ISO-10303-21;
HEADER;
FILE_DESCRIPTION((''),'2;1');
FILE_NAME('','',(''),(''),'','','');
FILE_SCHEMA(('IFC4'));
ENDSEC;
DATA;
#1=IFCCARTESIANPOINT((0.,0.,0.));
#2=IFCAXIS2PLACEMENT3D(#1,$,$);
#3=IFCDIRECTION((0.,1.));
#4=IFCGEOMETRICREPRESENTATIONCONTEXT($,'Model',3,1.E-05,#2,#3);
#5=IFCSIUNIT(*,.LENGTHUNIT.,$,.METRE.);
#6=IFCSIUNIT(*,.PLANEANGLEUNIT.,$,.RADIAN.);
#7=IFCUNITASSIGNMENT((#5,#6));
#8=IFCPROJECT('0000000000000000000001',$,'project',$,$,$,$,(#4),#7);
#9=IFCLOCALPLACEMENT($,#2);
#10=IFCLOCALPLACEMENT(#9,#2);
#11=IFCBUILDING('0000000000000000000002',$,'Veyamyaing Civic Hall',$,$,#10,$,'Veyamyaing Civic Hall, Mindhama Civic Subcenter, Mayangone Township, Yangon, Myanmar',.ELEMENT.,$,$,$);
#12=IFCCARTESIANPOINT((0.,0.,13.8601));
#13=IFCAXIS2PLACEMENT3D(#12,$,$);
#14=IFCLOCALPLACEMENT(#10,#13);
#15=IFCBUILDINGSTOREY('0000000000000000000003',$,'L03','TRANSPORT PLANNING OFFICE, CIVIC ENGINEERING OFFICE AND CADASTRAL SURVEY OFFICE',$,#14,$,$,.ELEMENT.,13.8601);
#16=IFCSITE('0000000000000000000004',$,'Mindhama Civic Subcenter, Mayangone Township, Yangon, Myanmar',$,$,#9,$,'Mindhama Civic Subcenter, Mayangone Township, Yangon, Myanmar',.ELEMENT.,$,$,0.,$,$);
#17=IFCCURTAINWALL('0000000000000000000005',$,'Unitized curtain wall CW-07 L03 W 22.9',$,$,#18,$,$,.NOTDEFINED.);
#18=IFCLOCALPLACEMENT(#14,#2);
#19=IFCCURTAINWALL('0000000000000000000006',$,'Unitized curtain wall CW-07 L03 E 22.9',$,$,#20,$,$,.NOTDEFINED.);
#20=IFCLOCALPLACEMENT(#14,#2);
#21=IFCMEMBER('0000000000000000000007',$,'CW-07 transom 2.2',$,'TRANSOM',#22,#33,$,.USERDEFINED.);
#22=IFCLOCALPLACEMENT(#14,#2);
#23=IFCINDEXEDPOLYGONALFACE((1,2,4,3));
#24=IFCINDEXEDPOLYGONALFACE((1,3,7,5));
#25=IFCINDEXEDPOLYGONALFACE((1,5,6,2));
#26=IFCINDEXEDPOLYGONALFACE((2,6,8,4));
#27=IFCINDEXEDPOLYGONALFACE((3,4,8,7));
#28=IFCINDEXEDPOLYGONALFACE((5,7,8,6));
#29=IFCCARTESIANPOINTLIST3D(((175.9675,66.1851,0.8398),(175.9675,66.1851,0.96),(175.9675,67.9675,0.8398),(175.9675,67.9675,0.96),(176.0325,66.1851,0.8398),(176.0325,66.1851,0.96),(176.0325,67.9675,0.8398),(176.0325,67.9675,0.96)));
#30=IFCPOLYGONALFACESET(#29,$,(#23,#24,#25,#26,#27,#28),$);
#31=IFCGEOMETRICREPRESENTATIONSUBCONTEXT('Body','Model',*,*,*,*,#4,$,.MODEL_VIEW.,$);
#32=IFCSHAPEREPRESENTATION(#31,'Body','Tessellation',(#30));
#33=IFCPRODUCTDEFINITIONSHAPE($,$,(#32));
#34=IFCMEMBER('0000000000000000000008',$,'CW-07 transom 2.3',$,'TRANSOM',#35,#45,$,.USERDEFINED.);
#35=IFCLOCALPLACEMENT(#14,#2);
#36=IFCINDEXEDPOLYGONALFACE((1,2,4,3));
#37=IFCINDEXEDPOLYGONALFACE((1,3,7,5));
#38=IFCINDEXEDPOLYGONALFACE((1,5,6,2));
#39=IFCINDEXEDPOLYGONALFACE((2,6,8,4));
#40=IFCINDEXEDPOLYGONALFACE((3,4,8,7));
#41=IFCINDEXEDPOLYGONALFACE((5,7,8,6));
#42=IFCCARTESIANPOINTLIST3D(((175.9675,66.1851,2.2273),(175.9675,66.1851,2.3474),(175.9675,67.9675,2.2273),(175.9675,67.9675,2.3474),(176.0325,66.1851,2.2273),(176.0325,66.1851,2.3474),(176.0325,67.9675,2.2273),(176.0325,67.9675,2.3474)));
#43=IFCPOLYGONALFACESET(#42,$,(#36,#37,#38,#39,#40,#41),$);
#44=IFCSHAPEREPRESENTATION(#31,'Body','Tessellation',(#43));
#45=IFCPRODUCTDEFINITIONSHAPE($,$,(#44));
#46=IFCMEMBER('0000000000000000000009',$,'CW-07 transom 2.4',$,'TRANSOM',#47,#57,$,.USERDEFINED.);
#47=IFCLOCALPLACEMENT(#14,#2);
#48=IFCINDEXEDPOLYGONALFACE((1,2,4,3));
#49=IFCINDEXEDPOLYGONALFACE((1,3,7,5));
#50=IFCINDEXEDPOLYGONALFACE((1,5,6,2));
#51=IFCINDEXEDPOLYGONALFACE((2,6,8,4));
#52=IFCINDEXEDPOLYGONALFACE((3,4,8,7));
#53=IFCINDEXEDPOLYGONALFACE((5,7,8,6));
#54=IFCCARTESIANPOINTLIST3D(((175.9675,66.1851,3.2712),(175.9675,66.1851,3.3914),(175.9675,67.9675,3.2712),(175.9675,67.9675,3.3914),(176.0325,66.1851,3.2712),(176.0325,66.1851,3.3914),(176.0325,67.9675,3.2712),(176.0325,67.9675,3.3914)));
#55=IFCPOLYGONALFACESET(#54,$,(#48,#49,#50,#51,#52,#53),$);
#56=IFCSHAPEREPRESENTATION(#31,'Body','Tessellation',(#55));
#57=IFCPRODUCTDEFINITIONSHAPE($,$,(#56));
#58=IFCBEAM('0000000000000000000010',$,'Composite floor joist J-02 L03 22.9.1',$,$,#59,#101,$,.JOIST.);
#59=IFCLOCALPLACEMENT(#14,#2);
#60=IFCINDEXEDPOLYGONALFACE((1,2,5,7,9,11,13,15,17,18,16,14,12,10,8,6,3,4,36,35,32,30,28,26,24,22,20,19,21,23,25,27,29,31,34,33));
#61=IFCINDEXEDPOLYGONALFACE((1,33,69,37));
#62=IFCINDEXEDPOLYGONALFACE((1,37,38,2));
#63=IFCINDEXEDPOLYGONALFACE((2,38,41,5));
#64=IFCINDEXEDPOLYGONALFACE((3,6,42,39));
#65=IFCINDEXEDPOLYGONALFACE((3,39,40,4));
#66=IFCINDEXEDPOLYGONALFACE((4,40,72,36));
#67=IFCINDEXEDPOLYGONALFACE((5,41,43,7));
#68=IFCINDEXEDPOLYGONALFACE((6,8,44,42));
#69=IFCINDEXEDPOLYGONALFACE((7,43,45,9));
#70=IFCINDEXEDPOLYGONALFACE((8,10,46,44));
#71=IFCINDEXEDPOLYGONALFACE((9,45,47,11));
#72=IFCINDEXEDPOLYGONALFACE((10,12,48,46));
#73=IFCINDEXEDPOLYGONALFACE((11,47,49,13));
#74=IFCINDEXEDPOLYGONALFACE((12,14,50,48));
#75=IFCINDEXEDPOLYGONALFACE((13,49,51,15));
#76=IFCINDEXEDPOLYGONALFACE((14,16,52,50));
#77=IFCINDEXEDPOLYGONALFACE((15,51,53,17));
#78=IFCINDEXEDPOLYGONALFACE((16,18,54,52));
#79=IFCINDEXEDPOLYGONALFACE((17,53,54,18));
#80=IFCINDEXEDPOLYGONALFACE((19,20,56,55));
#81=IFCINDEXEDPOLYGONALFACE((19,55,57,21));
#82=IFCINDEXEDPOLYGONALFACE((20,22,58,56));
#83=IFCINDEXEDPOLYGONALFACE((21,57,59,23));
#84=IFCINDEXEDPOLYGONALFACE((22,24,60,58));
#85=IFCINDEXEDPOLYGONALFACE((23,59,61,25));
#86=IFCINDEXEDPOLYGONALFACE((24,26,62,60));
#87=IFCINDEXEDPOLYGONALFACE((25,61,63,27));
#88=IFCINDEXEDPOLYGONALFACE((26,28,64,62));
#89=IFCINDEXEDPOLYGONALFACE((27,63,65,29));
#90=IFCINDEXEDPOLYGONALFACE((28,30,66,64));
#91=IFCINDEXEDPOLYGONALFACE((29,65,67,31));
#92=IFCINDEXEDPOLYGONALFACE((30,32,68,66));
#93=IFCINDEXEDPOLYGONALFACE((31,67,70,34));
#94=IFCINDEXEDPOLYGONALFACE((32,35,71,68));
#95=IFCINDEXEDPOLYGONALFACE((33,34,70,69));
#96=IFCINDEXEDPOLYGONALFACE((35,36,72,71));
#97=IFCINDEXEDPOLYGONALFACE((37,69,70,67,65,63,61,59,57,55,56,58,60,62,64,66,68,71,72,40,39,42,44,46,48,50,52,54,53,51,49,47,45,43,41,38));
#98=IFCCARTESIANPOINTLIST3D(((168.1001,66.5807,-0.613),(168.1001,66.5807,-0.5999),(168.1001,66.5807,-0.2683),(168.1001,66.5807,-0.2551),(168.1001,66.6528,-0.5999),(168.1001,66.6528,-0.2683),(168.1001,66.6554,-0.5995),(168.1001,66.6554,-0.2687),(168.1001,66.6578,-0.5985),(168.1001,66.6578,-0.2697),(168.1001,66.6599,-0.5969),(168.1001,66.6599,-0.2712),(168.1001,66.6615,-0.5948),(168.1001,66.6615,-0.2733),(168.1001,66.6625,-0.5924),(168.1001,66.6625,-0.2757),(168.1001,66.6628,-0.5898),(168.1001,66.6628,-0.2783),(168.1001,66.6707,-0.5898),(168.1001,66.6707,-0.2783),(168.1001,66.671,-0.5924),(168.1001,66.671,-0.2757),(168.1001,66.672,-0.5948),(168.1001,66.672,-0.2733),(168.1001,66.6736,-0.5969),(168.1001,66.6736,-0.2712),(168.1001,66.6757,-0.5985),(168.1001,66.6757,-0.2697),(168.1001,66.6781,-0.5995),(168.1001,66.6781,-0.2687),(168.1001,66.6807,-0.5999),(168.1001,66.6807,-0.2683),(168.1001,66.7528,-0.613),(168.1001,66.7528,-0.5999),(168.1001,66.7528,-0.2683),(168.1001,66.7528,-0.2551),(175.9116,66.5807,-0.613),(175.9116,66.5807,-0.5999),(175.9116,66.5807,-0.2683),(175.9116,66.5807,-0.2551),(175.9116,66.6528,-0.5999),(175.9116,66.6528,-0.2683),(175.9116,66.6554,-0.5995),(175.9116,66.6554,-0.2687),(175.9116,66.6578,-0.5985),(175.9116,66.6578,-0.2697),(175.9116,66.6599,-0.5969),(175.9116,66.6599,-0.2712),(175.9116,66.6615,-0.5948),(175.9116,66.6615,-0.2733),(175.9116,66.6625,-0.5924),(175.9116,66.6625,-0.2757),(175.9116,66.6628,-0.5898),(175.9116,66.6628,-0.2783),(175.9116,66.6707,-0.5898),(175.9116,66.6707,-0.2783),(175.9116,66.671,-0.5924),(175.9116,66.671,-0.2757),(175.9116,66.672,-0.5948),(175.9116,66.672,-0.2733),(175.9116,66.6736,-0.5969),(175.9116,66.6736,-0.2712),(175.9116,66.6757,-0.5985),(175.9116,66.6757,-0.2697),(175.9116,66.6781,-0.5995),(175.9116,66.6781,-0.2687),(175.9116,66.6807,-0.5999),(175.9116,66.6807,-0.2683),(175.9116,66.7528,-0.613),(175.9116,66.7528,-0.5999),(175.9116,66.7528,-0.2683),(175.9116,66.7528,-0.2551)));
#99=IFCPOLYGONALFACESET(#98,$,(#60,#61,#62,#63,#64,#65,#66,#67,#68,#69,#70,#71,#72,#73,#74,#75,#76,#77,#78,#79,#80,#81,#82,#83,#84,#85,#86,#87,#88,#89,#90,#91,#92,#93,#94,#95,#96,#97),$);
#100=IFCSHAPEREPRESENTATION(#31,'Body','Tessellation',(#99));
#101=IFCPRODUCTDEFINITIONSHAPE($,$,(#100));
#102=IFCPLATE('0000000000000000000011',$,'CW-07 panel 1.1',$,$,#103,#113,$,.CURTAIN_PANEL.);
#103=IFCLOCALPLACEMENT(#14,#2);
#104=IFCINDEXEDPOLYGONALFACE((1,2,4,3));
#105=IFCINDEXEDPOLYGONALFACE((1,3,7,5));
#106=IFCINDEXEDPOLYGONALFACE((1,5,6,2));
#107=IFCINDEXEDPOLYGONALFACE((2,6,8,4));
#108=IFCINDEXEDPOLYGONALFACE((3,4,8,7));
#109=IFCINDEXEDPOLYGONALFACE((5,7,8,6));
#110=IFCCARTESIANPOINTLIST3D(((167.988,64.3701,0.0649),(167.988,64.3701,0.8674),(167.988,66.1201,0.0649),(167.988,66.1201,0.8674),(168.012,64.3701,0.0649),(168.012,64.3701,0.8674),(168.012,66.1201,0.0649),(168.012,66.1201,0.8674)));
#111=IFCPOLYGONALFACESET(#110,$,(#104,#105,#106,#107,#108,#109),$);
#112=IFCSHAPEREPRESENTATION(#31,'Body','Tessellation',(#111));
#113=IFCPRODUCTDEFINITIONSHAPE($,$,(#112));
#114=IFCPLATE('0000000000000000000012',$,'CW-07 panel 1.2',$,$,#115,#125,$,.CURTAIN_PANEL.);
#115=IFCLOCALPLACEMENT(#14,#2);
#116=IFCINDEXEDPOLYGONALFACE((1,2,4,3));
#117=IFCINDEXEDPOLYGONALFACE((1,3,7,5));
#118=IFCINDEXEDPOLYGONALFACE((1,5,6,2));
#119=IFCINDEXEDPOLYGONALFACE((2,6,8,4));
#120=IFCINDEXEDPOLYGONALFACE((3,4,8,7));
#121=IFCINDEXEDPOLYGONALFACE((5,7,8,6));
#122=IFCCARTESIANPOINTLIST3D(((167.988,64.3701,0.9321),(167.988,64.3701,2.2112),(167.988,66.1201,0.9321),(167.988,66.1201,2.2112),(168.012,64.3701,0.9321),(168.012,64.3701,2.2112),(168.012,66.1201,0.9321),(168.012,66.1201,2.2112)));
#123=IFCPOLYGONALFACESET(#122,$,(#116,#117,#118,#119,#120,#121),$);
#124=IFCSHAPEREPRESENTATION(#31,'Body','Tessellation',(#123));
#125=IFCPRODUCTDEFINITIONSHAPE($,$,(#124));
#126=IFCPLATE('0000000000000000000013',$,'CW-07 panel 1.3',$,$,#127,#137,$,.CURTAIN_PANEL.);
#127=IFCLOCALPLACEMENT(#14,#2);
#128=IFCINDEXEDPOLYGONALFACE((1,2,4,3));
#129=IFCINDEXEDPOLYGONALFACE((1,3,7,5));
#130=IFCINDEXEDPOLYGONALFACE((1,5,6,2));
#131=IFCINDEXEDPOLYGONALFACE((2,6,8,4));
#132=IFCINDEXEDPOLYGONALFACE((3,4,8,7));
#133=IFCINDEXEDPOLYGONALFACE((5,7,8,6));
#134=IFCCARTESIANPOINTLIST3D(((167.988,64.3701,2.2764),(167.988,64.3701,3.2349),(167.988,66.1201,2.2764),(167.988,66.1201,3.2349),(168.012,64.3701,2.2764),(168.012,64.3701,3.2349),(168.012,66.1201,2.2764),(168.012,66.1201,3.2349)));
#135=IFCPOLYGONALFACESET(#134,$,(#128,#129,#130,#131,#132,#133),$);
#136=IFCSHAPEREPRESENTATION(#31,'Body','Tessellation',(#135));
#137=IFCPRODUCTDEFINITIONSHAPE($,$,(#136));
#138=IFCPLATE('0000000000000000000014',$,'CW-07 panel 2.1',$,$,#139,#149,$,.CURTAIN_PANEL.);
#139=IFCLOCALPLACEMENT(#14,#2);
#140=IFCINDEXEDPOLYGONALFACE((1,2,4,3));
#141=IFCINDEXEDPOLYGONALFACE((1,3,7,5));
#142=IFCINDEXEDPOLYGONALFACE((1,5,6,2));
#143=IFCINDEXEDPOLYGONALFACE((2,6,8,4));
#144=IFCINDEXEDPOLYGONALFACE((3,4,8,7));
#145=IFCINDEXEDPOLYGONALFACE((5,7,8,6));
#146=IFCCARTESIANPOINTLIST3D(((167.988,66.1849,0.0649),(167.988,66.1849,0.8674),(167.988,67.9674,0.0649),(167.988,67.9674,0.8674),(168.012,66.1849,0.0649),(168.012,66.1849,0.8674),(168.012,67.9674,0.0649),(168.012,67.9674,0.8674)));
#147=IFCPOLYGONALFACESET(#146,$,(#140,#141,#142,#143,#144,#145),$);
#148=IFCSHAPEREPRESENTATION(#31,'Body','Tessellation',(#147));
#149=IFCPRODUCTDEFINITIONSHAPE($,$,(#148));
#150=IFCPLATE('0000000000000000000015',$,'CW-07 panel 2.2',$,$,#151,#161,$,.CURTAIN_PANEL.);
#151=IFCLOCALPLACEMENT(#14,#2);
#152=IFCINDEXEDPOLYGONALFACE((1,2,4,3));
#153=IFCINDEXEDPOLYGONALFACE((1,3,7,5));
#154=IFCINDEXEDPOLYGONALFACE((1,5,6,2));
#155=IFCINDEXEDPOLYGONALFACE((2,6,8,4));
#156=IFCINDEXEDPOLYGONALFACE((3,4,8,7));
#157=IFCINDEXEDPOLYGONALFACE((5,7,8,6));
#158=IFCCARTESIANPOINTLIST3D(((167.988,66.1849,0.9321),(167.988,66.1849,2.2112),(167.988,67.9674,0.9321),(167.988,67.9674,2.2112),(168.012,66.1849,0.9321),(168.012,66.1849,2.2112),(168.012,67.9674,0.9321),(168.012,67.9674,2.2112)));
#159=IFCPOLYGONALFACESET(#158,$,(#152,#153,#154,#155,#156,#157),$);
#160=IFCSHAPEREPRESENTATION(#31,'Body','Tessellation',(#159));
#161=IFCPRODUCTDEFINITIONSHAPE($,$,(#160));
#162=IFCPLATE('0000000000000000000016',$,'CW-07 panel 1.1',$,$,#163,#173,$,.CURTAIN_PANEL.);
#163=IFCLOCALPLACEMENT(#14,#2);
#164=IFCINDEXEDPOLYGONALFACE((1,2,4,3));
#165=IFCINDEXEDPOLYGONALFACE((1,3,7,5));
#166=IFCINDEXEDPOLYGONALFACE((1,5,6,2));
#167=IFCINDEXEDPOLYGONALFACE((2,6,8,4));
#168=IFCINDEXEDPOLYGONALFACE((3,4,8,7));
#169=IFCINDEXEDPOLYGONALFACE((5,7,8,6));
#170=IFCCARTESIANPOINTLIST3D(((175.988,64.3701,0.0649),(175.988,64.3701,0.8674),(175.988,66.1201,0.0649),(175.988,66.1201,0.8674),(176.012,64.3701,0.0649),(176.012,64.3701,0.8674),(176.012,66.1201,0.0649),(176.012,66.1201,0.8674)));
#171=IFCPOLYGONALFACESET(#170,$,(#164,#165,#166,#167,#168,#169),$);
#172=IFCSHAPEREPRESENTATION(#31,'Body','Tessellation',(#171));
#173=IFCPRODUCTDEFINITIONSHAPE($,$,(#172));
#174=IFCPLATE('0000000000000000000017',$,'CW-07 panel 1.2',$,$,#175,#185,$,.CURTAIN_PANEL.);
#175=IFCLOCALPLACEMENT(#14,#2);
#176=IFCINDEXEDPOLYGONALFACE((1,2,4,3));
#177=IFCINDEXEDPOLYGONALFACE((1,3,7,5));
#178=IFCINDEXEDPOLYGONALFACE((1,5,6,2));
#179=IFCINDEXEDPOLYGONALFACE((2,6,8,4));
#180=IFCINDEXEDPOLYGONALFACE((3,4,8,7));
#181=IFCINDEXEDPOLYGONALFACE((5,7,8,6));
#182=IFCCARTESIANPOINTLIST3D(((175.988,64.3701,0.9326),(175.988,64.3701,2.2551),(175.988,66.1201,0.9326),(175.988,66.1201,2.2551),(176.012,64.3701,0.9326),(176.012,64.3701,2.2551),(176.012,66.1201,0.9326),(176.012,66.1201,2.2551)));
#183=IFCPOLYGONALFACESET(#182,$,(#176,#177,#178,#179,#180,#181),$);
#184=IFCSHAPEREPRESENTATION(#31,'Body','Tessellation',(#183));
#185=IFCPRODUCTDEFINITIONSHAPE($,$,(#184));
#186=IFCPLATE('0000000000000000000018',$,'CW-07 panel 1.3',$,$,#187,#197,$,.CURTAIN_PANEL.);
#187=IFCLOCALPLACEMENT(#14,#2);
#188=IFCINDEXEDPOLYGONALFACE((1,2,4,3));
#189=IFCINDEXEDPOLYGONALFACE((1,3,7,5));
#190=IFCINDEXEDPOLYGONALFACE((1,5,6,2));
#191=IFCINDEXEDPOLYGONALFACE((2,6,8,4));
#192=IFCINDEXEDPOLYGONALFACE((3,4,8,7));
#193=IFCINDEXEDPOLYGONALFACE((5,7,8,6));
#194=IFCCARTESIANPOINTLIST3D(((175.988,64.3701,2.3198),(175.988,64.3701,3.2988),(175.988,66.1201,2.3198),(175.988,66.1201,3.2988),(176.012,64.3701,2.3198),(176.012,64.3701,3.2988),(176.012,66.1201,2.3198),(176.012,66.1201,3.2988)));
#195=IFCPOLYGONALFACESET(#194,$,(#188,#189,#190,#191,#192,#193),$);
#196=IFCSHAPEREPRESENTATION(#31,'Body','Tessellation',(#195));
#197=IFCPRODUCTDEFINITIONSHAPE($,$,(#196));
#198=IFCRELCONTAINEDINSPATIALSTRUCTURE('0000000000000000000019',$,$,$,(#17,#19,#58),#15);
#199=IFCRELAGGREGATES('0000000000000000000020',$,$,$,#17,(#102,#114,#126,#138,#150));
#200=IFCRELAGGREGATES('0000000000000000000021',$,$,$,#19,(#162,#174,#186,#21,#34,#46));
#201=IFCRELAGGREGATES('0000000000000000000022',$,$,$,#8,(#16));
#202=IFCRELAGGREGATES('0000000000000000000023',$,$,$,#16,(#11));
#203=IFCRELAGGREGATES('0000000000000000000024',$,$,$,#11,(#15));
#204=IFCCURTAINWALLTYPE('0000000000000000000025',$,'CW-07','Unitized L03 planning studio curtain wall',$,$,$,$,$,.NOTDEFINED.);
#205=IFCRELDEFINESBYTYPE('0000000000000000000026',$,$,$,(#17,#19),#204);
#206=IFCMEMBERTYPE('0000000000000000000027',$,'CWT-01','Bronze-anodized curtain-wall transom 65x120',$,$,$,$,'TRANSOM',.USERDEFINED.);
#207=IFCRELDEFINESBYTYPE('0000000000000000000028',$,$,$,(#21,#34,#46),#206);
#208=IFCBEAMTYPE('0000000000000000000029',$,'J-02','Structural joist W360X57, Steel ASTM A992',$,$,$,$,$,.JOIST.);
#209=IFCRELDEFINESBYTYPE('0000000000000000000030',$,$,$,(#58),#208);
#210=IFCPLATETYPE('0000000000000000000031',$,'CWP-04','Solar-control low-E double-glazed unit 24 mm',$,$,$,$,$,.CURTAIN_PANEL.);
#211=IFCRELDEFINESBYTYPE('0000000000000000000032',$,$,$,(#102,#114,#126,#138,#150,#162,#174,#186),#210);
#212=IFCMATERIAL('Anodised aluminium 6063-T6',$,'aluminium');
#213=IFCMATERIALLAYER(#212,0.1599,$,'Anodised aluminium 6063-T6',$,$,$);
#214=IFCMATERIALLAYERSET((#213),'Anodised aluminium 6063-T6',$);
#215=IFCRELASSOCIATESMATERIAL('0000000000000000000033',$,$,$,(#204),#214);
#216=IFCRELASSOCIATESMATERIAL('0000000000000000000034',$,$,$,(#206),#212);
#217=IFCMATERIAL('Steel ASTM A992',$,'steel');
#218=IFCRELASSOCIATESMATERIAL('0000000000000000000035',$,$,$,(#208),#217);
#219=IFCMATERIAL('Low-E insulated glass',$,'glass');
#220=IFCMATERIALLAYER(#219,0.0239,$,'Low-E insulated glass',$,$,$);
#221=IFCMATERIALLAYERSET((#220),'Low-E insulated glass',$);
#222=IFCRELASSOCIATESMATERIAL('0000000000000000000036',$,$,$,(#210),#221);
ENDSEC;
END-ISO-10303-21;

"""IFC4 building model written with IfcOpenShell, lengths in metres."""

from ifc_helpers import new_model, si_unit, direction, frame, origin, origin_2d, place, context, subcontext, project, spatial, rectangle, i_section, extrude, material, layer, layer_set, material_profile, profile_set, type_object, element, aggregate, save


model = new_model("IFC4")

# Units and contexts
model_context = context("Model", 3, precision=1e-05, world=origin(), true_north=direction((0.0, 1.0)))
body_context = subcontext(model_context, "Body", "Model", "MODEL_VIEW")
ifc_project = project(units=[si_unit("LENGTHUNIT", "METRE"), si_unit("PLANEANGLEUNIT", "RADIAN")], contexts=[model_context])

# Site, building, storey
site_placement = place(None, origin())
site = spatial("IfcSite", under=ifc_project, at=site_placement, Name="Mindhama Civic Subcenter, Mayangone Township, Yangon, Myanmar", LongName="Mindhama Civic Subcenter, Mayangone Township, Yangon, Myanmar", CompositionType="ELEMENT", RefElevation=0.0)
building_placement = place(site_placement, origin())
building = spatial("IfcBuilding", under=site, at=building_placement, Name="Veyamyaing Civic Hall", LongName="Veyamyaing Civic Hall, Mindhama Civic Subcenter, Mayangone Township, Yangon, Myanmar", CompositionType="ELEMENT")
storey_placement = place(building_placement, frame((0.0, 0.0, 13.8601)))
storey = spatial("IfcBuildingStorey", under=building, at=storey_placement, Name="L03", Description="TRANSPORT PLANNING OFFICE, CIVIC ENGINEERING OFFICE AND CADASTRAL SURVEY OFFICE", CompositionType="ELEMENT", Elevation=13.8601)

# Shared definitions
ifc_material_1 = material(Name="Steel ASTM A992", Category="steel")

# Curtain walls
ifc_material_2 = material(Name="Anodised aluminium 6063-T6", Category="aluminium")
ifc_layer_1 = layer(ifc_material_2, 0.1599, Name="Anodised aluminium 6063-T6")
ifc_layer_set_1 = layer_set([ifc_layer_1], Name="Anodised aluminium 6063-T6")
curtain_wall_type = type_object("IfcCurtainWallType", Name="CW-07", Description="Unitized L03 planning studio curtain wall", PredefinedType="NOTDEFINED", material=ifc_layer_set_1)
curtain_wall_1_placement = place(storey_placement, origin())
curtain_wall_1 = element("IfcCurtainWall", 1, at=curtain_wall_1_placement, inside=storey, type_object=curtain_wall_type, Name="Unitized curtain wall CW-07 L03 W 22.9", PredefinedType="NOTDEFINED")
curtain_wall_2_placement = place(storey_placement, origin())
curtain_wall_2 = element("IfcCurtainWall", 2, at=curtain_wall_2_placement, inside=storey, type_object=curtain_wall_type, Name="Unitized curtain wall CW-07 L03 E 22.9", PredefinedType="NOTDEFINED")

# Members
ifc_material_profile_1 = material_profile(ifc_material_2, rectangle(XDim=0.0649, YDim=0.1201, at=origin_2d()), Name="ALU-TRN-65X120")
ifc_profile_set_1 = profile_set([ifc_material_profile_1], Name="Anodised aluminium 6063-T6")
member_type_1 = type_object("IfcMemberType", Name="CWT-01", Description="Bronze-anodized curtain-wall transom 65x120", ElementType="TRANSOM", PredefinedType="USERDEFINED", material=ifc_profile_set_1)
member_1_placement = place(storey_placement, frame((176.0, 66.1851, 0.8999), z_axis=(0.0, 1.0, 0.0), x_axis=(-1.0, 0.0, 0.0)))
member_1 = element("IfcMember", 3, at=member_1_placement, type_object=member_type_1, Name="CW-07 transom 2.2", ObjectType="TRANSOM", PredefinedType="USERDEFINED", context=body_context, shape_type="SweptSolid", body=[
    extrude(rectangle(XDim=0.0649, YDim=0.1201, at=origin_2d()), origin(), (0.0, 0.0, 1.0), 1.7825),
])
member_2_placement = place(storey_placement, frame((176.0, 66.1851, 2.2874), z_axis=(0.0, 1.0, 0.0), x_axis=(-1.0, 0.0, 0.0)))
member_2 = element("IfcMember", 4, at=member_2_placement, type_object=member_type_1, Name="CW-07 transom 2.3", ObjectType="TRANSOM", PredefinedType="USERDEFINED", context=body_context, shape_type="SweptSolid", body=[
    extrude(rectangle(XDim=0.0649, YDim=0.1201, at=origin_2d()), origin(), (0.0, 0.0, 1.0), 1.7825),
])
member_3_placement = place(storey_placement, frame((176.0, 66.1851, 3.3313), z_axis=(0.0, 1.0, 0.0), x_axis=(-1.0, 0.0, 0.0)))
member_3 = element("IfcMember", 5, at=member_3_placement, type_object=member_type_1, Name="CW-07 transom 2.4", ObjectType="TRANSOM", PredefinedType="USERDEFINED", context=body_context, shape_type="SweptSolid", body=[
    extrude(rectangle(XDim=0.0649, YDim=0.1201, at=origin_2d()), origin(), (0.0, 0.0, 1.0), 1.7825),
])

# Beam
ifc_material_profile_2 = material_profile(ifc_material_1, i_section(OverallWidth=0.1721, OverallDepth=0.3579, WebThickness=0.0078, FlangeThickness=0.0132, FilletRadius=0.01, at=origin_2d()), Name="W360X57")
ifc_profile_set_2 = profile_set([ifc_material_profile_2], Name="Steel ASTM A992")
beam_type_1 = type_object("IfcBeamType", Name="J-02", Description="Structural joist W360X57, Steel ASTM A992", PredefinedType="JOIST", material=ifc_profile_set_2)
beam_1_placement = place(storey_placement, frame((168.1001, 66.6667, -0.4341), z_axis=(1.0, 0.0, 0.0), x_axis=(0.0, 1.0, 0.0)))
element("IfcBeam", 6, at=beam_1_placement, inside=storey, type_object=beam_type_1, Name="Composite floor joist J-02 L03 22.9.1", PredefinedType="JOIST", context=body_context, shape_type="SweptSolid", body=[
    extrude(i_section(OverallWidth=0.1721, OverallDepth=0.3579, WebThickness=0.0078, FlangeThickness=0.0132, FilletRadius=0.01, at=origin_2d()), origin(), (0.0, 0.0, 1.0), 7.8115),
])

# Plates
ifc_material_3 = material(Name="Low-E insulated glass", Category="glass")
ifc_layer_2 = layer(ifc_material_3, 0.0239, Name="Low-E insulated glass")
ifc_layer_set_2 = layer_set([ifc_layer_2], Name="Low-E insulated glass")
plate_type = type_object("IfcPlateType", Name="CWP-04", Description="Solar-control low-E double-glazed unit 24 mm", PredefinedType="CURTAIN_PANEL", material=ifc_layer_set_2)
plate_1_placement = place(storey_placement, frame((168.0, 65.2451, 0.0649), z_axis=(0.0, 0.0, 1.0), x_axis=(0.0, 1.0, 0.0)))
plate_1 = element("IfcPlate", 7, at=plate_1_placement, type_object=plate_type, Name="CW-07 panel 1.1", PredefinedType="CURTAIN_PANEL", context=body_context, shape_type="SweptSolid", body=[
    extrude(rectangle(XDim=1.75, YDim=0.0239, at=origin_2d()), origin(), (0.0, 0.0, 1.0), 0.8025),
])
plate_2_placement = place(storey_placement, frame((168.0, 65.2451, 0.9321), z_axis=(0.0, 0.0, 1.0), x_axis=(0.0, 1.0, 0.0)))
plate_2 = element("IfcPlate", 8, at=plate_2_placement, type_object=plate_type, Name="CW-07 panel 1.2", PredefinedType="CURTAIN_PANEL", context=body_context, shape_type="SweptSolid", body=[
    extrude(rectangle(XDim=1.75, YDim=0.0239, at=origin_2d()), origin(), (0.0, 0.0, 1.0), 1.2791),
])
plate_3_placement = place(storey_placement, frame((168.0, 65.2451, 2.2764), z_axis=(0.0, 0.0, 1.0), x_axis=(0.0, 1.0, 0.0)))
plate_3 = element("IfcPlate", 9, at=plate_3_placement, type_object=plate_type, Name="CW-07 panel 1.3", PredefinedType="CURTAIN_PANEL", context=body_context, shape_type="SweptSolid", body=[
    extrude(rectangle(XDim=1.75, YDim=0.0239, at=origin_2d()), origin(), (0.0, 0.0, 1.0), 0.9585),
])
plate_4_placement = place(storey_placement, frame((168.0, 67.0762, 0.0649), z_axis=(0.0, 0.0, 1.0), x_axis=(0.0, 1.0, 0.0)))
plate_4 = element("IfcPlate", 10, at=plate_4_placement, type_object=plate_type, Name="CW-07 panel 2.1", PredefinedType="CURTAIN_PANEL", context=body_context, shape_type="SweptSolid", body=[
    extrude(rectangle(XDim=1.7825, YDim=0.0239, at=origin_2d()), origin(), (0.0, 0.0, 1.0), 0.8025),
])
plate_5_placement = place(storey_placement, frame((168.0, 67.0762, 0.9321), z_axis=(0.0, 0.0, 1.0), x_axis=(0.0, 1.0, 0.0)))
plate_5 = element("IfcPlate", 11, at=plate_5_placement, type_object=plate_type, Name="CW-07 panel 2.2", PredefinedType="CURTAIN_PANEL", context=body_context, shape_type="SweptSolid", body=[
    extrude(rectangle(XDim=1.7825, YDim=0.0239, at=origin_2d()), origin(), (0.0, 0.0, 1.0), 1.2791),
])
aggregate(curtain_wall_1, [plate_1, plate_2, plate_3, plate_4, plate_5])
plate_6_placement = place(storey_placement, frame((176.0, 65.2451, 0.0649), z_axis=(0.0, 0.0, 1.0), x_axis=(0.0, 1.0, 0.0)))
plate_6 = element("IfcPlate", 12, at=plate_6_placement, type_object=plate_type, Name="CW-07 panel 1.1", PredefinedType="CURTAIN_PANEL", context=body_context, shape_type="SweptSolid", body=[
    extrude(rectangle(XDim=1.75, YDim=0.0239, at=origin_2d()), origin(), (0.0, 0.0, 1.0), 0.8025),
])
plate_7_placement = place(storey_placement, frame((176.0, 65.2451, 0.9326), z_axis=(0.0, 0.0, 1.0), x_axis=(0.0, 1.0, 0.0)))
plate_7 = element("IfcPlate", 13, at=plate_7_placement, type_object=plate_type, Name="CW-07 panel 1.2", PredefinedType="CURTAIN_PANEL", context=body_context, shape_type="SweptSolid", body=[
    extrude(rectangle(XDim=1.75, YDim=0.0239, at=origin_2d()), origin(), (0.0, 0.0, 1.0), 1.3225),
])
plate_8_placement = place(storey_placement, frame((176.0, 65.2451, 2.3198), z_axis=(0.0, 0.0, 1.0), x_axis=(0.0, 1.0, 0.0)))
plate_8 = element("IfcPlate", 14, at=plate_8_placement, type_object=plate_type, Name="CW-07 panel 1.3", PredefinedType="CURTAIN_PANEL", context=body_context, shape_type="SweptSolid", body=[
    extrude(rectangle(XDim=1.75, YDim=0.0239, at=origin_2d()), origin(), (0.0, 0.0, 1.0), 0.979),
])
aggregate(curtain_wall_2, [plate_6, plate_7, plate_8, member_1, member_2, member_3])

save(model, "model.ifc")
